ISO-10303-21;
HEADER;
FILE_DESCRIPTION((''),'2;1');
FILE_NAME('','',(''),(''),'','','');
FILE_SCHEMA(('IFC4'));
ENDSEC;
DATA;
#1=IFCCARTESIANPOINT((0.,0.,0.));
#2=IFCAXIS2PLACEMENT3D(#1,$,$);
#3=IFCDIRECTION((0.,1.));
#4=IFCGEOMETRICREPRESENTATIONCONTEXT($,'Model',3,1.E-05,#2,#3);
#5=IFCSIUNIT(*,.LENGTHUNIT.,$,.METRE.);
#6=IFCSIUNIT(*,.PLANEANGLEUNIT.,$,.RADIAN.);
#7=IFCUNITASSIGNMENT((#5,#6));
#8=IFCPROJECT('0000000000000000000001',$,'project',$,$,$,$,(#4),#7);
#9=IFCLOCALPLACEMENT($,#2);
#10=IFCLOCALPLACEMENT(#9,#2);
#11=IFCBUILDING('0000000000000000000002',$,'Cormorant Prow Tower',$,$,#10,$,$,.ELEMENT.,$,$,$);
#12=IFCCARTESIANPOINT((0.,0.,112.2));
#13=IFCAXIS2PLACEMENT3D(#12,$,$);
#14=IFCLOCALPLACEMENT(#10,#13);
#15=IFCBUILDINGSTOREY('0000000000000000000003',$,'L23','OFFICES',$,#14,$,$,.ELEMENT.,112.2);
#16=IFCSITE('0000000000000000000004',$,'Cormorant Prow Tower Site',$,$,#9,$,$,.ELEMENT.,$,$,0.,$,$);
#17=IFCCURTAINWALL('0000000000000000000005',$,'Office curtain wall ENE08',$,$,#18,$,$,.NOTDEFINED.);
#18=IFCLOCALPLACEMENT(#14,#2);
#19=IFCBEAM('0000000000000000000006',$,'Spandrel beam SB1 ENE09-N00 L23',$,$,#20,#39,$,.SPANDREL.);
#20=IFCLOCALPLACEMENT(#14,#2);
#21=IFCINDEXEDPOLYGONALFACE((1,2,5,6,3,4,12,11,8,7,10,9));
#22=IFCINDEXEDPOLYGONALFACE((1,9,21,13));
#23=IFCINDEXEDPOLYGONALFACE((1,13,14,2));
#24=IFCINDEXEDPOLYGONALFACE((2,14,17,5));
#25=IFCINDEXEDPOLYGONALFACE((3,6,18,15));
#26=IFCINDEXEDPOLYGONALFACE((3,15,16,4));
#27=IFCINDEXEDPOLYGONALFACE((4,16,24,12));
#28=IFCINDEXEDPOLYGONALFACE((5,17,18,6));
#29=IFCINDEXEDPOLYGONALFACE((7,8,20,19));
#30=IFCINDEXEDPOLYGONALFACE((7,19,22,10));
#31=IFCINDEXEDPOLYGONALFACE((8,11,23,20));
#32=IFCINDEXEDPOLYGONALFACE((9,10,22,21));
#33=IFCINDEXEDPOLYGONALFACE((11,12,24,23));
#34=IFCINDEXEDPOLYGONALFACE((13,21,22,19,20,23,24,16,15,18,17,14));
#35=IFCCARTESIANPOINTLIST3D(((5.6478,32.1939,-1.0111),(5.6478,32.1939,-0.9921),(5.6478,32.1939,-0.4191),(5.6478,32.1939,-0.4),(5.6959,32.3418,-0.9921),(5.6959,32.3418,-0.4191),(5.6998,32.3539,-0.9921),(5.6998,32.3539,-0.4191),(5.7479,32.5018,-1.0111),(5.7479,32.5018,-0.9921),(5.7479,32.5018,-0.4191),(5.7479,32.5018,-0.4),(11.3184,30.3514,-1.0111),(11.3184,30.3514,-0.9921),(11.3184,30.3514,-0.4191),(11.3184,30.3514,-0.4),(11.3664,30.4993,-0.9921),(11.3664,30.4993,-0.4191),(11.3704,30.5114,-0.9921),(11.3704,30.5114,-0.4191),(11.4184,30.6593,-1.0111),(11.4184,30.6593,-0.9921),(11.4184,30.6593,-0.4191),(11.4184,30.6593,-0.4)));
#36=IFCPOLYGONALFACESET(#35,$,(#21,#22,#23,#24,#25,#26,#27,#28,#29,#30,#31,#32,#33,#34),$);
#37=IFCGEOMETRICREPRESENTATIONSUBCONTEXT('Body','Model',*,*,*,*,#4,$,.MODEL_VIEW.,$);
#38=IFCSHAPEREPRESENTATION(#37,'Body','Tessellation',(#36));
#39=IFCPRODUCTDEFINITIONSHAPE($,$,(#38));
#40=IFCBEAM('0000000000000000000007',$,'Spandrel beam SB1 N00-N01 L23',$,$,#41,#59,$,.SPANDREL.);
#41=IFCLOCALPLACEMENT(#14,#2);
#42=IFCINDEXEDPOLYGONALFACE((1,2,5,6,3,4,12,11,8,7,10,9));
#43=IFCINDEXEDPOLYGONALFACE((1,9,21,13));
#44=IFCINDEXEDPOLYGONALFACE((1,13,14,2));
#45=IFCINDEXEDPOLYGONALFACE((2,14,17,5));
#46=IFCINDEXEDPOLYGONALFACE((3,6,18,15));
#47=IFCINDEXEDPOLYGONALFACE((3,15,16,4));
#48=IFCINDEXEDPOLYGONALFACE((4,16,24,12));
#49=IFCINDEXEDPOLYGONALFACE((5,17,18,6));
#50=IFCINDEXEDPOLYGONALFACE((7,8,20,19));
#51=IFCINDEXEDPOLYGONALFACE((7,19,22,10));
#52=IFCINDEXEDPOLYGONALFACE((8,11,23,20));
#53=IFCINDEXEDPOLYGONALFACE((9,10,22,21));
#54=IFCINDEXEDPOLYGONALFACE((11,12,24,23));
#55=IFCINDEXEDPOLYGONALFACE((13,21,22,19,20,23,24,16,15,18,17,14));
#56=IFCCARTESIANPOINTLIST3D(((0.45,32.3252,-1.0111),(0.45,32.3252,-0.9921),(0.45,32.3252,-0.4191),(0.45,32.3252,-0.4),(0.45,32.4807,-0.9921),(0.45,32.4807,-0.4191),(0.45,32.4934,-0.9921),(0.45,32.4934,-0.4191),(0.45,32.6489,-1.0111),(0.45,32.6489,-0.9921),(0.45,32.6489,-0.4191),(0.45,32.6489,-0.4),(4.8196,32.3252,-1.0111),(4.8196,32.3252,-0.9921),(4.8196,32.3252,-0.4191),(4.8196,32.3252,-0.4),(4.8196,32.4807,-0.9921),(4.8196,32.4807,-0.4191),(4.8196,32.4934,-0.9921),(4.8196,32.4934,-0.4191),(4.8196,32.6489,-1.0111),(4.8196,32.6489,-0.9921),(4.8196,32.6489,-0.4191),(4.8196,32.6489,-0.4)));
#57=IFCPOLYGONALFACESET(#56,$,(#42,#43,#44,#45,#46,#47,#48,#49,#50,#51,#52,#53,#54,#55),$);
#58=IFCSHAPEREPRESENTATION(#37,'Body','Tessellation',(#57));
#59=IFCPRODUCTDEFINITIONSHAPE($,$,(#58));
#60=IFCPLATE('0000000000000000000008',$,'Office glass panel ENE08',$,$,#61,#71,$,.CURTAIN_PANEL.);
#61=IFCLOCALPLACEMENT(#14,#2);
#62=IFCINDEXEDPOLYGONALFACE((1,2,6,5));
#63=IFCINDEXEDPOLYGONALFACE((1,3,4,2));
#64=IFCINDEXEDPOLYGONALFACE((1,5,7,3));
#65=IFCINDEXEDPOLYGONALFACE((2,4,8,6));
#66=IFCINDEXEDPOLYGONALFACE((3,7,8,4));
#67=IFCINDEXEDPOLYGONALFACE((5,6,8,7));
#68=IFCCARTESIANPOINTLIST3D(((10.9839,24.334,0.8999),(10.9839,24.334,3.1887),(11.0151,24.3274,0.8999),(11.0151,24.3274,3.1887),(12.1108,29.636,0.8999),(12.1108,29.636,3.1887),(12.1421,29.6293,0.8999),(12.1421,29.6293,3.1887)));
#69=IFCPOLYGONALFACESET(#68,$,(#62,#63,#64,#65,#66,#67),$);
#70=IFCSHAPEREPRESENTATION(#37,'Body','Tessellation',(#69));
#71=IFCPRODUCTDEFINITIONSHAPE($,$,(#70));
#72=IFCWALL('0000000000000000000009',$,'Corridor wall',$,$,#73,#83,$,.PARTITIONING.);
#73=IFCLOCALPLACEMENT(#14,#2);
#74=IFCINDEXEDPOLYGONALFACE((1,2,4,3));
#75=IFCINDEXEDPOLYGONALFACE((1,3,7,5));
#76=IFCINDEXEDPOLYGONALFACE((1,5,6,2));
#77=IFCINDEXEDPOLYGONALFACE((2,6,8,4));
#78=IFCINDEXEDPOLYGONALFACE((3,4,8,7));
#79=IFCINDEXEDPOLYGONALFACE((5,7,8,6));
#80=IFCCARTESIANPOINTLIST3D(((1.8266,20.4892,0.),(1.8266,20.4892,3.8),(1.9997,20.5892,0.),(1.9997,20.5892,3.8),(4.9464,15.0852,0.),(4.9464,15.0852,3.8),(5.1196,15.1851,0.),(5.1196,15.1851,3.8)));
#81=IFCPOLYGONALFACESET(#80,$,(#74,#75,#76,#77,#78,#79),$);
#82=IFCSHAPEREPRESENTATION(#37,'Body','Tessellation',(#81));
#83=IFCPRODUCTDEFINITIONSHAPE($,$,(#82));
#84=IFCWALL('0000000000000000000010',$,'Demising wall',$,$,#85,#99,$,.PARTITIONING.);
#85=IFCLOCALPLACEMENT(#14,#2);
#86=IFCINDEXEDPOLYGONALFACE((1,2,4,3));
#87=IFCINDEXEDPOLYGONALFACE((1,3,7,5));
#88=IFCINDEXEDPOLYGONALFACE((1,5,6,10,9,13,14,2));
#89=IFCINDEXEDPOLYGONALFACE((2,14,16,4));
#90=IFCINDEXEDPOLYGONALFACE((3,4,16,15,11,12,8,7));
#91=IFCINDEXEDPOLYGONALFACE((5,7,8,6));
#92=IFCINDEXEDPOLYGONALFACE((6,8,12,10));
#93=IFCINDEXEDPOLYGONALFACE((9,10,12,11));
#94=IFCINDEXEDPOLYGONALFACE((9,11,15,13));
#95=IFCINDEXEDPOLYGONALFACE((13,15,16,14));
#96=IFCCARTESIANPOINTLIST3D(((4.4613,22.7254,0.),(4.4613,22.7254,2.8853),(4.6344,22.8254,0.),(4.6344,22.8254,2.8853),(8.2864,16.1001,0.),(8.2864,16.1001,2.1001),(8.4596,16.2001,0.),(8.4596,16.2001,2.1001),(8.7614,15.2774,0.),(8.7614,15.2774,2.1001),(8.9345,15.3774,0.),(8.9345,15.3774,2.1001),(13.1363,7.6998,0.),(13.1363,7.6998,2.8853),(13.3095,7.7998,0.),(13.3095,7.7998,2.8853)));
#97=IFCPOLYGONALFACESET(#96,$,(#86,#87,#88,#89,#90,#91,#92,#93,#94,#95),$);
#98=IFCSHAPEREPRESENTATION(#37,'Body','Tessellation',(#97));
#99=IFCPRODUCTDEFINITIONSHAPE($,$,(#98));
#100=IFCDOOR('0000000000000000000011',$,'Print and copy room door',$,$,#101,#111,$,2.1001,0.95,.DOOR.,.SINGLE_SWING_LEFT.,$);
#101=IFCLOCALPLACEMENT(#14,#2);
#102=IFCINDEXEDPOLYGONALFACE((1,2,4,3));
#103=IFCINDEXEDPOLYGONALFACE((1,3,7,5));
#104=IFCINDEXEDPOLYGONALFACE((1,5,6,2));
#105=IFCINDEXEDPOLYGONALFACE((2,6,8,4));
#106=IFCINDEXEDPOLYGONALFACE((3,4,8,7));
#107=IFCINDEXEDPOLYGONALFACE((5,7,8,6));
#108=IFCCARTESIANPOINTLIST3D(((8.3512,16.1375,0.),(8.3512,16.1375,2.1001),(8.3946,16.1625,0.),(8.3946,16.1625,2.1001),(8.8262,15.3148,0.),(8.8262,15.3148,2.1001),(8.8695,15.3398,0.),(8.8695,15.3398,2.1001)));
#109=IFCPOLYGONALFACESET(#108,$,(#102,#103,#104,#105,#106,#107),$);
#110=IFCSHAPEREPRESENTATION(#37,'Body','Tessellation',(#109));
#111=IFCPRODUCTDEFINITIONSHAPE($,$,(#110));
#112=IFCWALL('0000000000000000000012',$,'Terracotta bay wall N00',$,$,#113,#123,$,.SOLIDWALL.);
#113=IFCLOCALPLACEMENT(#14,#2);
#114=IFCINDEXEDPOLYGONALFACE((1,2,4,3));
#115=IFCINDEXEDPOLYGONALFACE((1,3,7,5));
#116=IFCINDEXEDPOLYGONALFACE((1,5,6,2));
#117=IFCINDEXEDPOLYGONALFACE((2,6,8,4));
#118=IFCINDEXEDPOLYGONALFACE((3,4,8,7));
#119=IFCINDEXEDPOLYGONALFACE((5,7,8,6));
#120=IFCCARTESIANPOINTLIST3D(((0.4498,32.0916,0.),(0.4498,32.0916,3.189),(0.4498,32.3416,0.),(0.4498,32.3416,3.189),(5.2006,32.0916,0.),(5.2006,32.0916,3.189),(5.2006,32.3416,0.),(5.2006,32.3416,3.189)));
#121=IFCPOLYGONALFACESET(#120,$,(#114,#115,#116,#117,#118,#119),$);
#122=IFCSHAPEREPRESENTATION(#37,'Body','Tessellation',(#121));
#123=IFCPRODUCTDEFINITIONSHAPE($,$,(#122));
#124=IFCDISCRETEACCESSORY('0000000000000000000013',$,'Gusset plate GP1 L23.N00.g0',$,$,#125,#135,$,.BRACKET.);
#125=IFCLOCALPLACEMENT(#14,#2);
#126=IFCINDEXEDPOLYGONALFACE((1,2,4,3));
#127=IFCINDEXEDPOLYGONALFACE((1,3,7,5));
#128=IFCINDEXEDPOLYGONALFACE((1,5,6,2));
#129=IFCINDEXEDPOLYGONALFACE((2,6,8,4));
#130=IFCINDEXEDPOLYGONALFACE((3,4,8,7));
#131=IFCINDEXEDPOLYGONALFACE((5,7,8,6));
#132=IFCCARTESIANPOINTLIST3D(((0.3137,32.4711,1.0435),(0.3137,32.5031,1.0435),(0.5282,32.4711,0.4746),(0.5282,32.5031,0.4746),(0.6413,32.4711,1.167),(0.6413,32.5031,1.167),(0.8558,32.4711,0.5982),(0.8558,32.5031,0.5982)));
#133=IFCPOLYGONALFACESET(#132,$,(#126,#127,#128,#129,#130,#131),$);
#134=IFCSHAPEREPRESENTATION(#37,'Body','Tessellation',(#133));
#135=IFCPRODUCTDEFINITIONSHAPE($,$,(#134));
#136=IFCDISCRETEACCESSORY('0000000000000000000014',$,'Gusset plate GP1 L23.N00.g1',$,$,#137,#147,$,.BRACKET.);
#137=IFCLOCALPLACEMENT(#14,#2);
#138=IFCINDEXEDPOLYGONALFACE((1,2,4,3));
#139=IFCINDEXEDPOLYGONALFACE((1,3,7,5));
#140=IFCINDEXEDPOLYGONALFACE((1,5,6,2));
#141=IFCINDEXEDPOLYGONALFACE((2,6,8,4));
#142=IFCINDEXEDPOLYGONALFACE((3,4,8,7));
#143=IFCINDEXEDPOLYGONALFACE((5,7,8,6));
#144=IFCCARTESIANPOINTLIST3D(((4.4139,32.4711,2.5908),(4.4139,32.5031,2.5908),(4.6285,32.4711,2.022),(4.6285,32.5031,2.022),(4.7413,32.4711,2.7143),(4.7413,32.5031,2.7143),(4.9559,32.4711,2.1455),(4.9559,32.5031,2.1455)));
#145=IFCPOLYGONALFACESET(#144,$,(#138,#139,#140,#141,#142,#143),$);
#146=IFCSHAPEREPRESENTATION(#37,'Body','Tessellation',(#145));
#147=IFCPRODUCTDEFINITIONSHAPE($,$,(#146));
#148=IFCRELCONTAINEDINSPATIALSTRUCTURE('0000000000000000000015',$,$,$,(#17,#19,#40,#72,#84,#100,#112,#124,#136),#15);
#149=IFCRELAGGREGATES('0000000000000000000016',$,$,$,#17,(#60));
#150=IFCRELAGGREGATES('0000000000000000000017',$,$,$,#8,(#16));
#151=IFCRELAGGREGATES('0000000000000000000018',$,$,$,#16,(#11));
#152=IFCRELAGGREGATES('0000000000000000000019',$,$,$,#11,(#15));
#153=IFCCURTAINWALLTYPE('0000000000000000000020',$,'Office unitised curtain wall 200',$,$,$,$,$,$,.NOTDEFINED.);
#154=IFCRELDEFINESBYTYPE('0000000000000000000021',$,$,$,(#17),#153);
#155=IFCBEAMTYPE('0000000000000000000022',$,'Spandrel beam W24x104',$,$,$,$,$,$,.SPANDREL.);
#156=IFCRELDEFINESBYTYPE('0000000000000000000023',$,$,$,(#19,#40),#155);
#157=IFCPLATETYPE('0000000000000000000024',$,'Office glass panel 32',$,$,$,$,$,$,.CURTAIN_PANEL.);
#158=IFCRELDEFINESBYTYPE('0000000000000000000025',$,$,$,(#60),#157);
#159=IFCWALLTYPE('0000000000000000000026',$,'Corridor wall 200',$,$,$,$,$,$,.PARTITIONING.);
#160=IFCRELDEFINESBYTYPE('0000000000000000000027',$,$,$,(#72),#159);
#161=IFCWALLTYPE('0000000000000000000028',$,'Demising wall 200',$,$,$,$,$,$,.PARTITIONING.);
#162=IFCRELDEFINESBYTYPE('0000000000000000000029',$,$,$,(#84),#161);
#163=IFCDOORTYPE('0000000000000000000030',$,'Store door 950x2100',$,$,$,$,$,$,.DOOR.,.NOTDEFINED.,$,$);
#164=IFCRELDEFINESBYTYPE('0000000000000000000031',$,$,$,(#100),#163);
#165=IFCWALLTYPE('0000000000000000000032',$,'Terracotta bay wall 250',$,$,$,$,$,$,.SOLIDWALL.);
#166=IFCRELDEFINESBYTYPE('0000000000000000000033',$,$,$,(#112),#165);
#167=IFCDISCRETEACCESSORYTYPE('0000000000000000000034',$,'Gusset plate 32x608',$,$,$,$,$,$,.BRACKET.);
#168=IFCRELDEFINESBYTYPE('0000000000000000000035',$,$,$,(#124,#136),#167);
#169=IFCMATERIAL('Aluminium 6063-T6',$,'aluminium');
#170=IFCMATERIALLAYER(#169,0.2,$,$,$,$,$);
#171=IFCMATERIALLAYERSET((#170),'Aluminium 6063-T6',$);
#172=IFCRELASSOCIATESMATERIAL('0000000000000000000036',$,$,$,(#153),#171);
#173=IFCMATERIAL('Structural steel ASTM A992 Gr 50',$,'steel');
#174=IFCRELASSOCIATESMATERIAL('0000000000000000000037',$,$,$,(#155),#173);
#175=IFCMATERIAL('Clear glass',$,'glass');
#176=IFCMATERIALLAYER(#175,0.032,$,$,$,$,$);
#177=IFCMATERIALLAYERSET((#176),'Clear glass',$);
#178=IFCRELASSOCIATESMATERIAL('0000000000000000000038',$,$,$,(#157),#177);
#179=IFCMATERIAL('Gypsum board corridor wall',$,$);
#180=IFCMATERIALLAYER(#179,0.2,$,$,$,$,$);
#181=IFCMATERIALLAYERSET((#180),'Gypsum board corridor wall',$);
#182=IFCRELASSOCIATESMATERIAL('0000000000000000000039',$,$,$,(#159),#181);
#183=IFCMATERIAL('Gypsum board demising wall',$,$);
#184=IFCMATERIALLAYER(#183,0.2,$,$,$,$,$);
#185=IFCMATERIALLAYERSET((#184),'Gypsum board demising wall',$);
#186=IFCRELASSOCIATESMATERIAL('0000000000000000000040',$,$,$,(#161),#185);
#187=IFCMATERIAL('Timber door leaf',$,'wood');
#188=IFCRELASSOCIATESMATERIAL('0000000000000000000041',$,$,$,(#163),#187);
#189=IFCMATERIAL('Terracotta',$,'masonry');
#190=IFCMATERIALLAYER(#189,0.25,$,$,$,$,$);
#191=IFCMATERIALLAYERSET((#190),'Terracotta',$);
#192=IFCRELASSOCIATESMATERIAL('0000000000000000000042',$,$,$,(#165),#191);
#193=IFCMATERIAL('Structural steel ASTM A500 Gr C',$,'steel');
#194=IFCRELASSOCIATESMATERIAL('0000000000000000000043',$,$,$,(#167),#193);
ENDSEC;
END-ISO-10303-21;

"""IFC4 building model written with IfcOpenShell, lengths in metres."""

from ifc_helpers import new_model, si_unit, direction, frame, frame_2d, origin, origin_2d, place, context, subcontext, project, spatial, rectangle, i_section, extrude, material, layer, layer_set, material_profile, profile_set, type_object, element, fill, aggregate, save


model = new_model("IFC4")

# Units and contexts
model_context = context("Model", 3, precision=1e-05, world=origin(), true_north=direction((0.0, 1.0)))
body_context = subcontext(model_context, "Body", "Model", "MODEL_VIEW")
ifc_project = project(units=[si_unit("LENGTHUNIT", "METRE"), si_unit("PLANEANGLEUNIT", "RADIAN")], contexts=[model_context])

# Site, building, storey
site_placement = place(None, origin())
site = spatial("IfcSite", under=ifc_project, at=site_placement, Name="Cormorant Prow Tower Site", CompositionType="ELEMENT", RefElevation=0.0)
building_placement = place(site_placement, origin())
building = spatial("IfcBuilding", under=site, at=building_placement, Name="Cormorant Prow Tower", CompositionType="ELEMENT")
storey_placement = place(building_placement, frame((0.0, 0.0, 112.2)))
storey = spatial("IfcBuildingStorey", under=building, at=storey_placement, Name="L23", Description="OFFICES", CompositionType="ELEMENT", Elevation=112.2)

# Curtain wall
ifc_material_1 = material(Name="Aluminium 6063-T6", Category="aluminium")
ifc_layer_1 = layer(ifc_material_1, 0.2)
ifc_layer_set_1 = layer_set([ifc_layer_1], Name="Aluminium 6063-T6")
curtain_wall_type = type_object("IfcCurtainWallType", Name="Office unitised curtain wall 200", PredefinedType="NOTDEFINED", material=ifc_layer_set_1)
curtain_wall_placement = place(storey_placement, origin())
curtain_wall = element("IfcCurtainWall", 1, at=curtain_wall_placement, inside=storey, type_object=curtain_wall_type, Name="Office curtain wall ENE08", PredefinedType="NOTDEFINED")

# Beams
ifc_material_2 = material(Name="Structural steel ASTM A992 Gr 50", Category="steel")
ifc_material_profile_1 = material_profile(ifc_material_2, i_section(OverallWidth=0.3237, OverallDepth=0.6111, WebThickness=0.0127, FlangeThickness=0.019, at=origin_2d()), Name="W24x104")
ifc_profile_set_1 = profile_set([ifc_material_profile_1], Name="Structural steel ASTM A992 Gr 50")
beam_type_1 = type_object("IfcBeamType", Name="Spandrel beam W24x104", PredefinedType="SPANDREL", material=ifc_profile_set_1)
beam_1_placement = place(storey_placement, frame((11.3684, 30.5054, -0.7056), z_axis=(-0.951055, 0.30902, 0.0), x_axis=(-0.30902, -0.951055, 0.0)))
element("IfcBeam", 2, at=beam_1_placement, inside=storey, type_object=beam_type_1, Name="Spandrel beam SB1 ENE09-N00 L23", PredefinedType="SPANDREL", context=body_context, shape_type="SweptSolid", body=[
    extrude(i_section(OverallWidth=0.3237, OverallDepth=0.6111, WebThickness=0.0127, FlangeThickness=0.019, at=origin_2d()), origin(), (0.0, 0.0, 1.0), 5.9624),
])
beam_2_placement = place(storey_placement, frame((4.8196, 32.4871, -0.7056), z_axis=(-1.0, 0.0, 0.0), x_axis=(0.0, -1.0, 0.0)))
element("IfcBeam", 3, at=beam_2_placement, inside=storey, type_object=beam_type_1, Name="Spandrel beam SB1 N00-N01 L23", PredefinedType="SPANDREL", context=body_context, shape_type="SweptSolid", body=[
    extrude(i_section(OverallWidth=0.3237, OverallDepth=0.6111, WebThickness=0.0127, FlangeThickness=0.019, at=origin_2d()), origin(), (0.0, 0.0, 1.0), 4.3696),
])

# Plate
ifc_material_3 = material(Name="Clear glass", Category="glass")
ifc_layer_2 = layer(ifc_material_3, 0.032)
ifc_layer_set_2 = layer_set([ifc_layer_2], Name="Clear glass")
plate_type = type_object("IfcPlateType", Name="Office glass panel 32", PredefinedType="CURTAIN_PANEL", material=ifc_layer_set_2)
plate_placement = place(storey_placement, frame((11.563, 26.9817, 0.8999), z_axis=(0.0, 0.0, 1.0), x_axis=(0.207912, 0.978148, 0.0)))
plate = element("IfcPlate", 4, at=plate_placement, type_object=plate_type, Name="Office glass panel ENE08", PredefinedType="CURTAIN_PANEL", context=body_context, shape_type="SweptSolid", body=[
    extrude(rectangle(XDim=5.4204, YDim=0.032, at=origin_2d()), origin(), (0.0, 0.0, 1.0), 2.2888),
])
aggregate(curtain_wall, [plate])

# Wall
ifc_material_4 = material(Name="Gypsum board corridor wall")
ifc_layer_3 = layer(ifc_material_4, 0.2)
ifc_layer_set_3 = layer_set([ifc_layer_3], Name="Gypsum board corridor wall")
wall_type_1 = type_object("IfcWallType", Name="Corridor wall 200", PredefinedType="PARTITIONING", material=ifc_layer_set_3)
wall_1_placement = place(storey_placement, frame((1.9131, 20.5393, 0.0), z_axis=(0.0, 0.0, 1.0), x_axis=(0.499981, -0.866036, 0.0)))
element("IfcWall", 5, at=wall_1_placement, inside=storey, type_object=wall_type_1, Name="Corridor wall", PredefinedType="PARTITIONING", context=body_context, shape_type="SweptSolid", body=[
    extrude(rectangle(XDim=6.24, YDim=0.2, at=frame_2d((3.1201, 0.0))), origin(), (0.0, 0.0, 1.0), 3.8),
])

# Wall, opening, door
ifc_material_5 = material(Name="Gypsum board demising wall")
ifc_layer_4 = layer(ifc_material_5, 0.2)
ifc_layer_set_4 = layer_set([ifc_layer_4], Name="Gypsum board demising wall")
wall_type_2 = type_object("IfcWallType", Name="Demising wall 200", PredefinedType="PARTITIONING", material=ifc_layer_set_4)
wall_2_placement = place(storey_placement, frame((4.5479, 22.7754, 0.0), z_axis=(0.0, 0.0, 1.0), x_axis=(0.5, -0.866026, 0.0)))
wall_2 = element("IfcWall", 6, at=wall_2_placement, inside=storey, type_object=wall_type_2, Name="Demising wall", PredefinedType="PARTITIONING", context=body_context, shape_type="SweptSolid", body=[
    extrude(rectangle(XDim=17.3501, YDim=0.2, at=frame_2d((8.675, 0.0))), origin(), (0.0, 0.0, 1.0), 2.8853),
])
opening_1_placement = place(wall_2_placement, frame((7.6501, 0.0, 0.0)))
opening_1 = element("IfcOpeningElement", 7, at=opening_1_placement, cuts=wall_2, PredefinedType="OPENING", context=body_context, shape_type="SweptSolid", body=[
    extrude(rectangle(XDim=0.95, YDim=2.1001, at=frame_2d((0.4751, 1.05))), frame((0.0, 0.1099, 0.0), z_axis=(0.0, -1.0, 0.0), x_axis=(1.0, 0.0, 0.0)), (0.0, 0.0, 1.0), 0.22),
])
ifc_material_6 = material(Name="Timber door leaf", Category="wood")
door_type_1 = type_object("IfcDoorType", Name="Store door 950x2100", OperationType="NOTDEFINED", PredefinedType="DOOR", material=ifc_material_6)
door_1_placement = place(opening_1_placement, origin())
door_1 = element("IfcDoor", 8, at=door_1_placement, inside=storey, type_object=door_type_1, Name="Print and copy room door", OperationType="SINGLE_SWING_LEFT", OverallHeight=2.1001, OverallWidth=0.95, PredefinedType="DOOR", context=body_context, shape_type="SweptSolid", body=[
    extrude(rectangle(XDim=0.95, YDim=2.1001, at=frame_2d((0.4751, 1.05))), frame((0.0, 0.0249, 0.0), z_axis=(0.0, -1.0, 0.0), x_axis=(1.0, 0.0, 0.0)), (0.0, 0.0, 1.0), 0.05),
])
fill(opening_1, door_1)

# Wall
ifc_material_7 = material(Name="Terracotta", Category="masonry")
ifc_layer_5 = layer(ifc_material_7, 0.25)
ifc_layer_set_5 = layer_set([ifc_layer_5], Name="Terracotta")
wall_type_3 = type_object("IfcWallType", Name="Terracotta bay wall 250", PredefinedType="SOLIDWALL", material=ifc_layer_set_5)
wall_3_placement = place(storey_placement, frame((5.2007, 32.2166, 0.0), z_axis=(0.0, 0.0, 1.0), x_axis=(-1.0, 0.0, 0.0)))
element("IfcWall", 9, at=wall_3_placement, inside=storey, type_object=wall_type_3, Name="Terracotta bay wall N00", PredefinedType="SOLIDWALL", context=body_context, shape_type="SweptSolid", body=[
    extrude(rectangle(XDim=4.7507, YDim=0.25, at=frame_2d((2.3755, 0.0))), origin(), (0.0, 0.0, 1.0), 3.189),
])

# Discrete accessories
ifc_material_8 = material(Name="Structural steel ASTM A500 Gr C", Category="steel")
ifc_material_profile_2 = material_profile(ifc_material_8, rectangle(XDim=0.032, YDim=0.6079, at=origin_2d()), Name="Gusset plate 32x608")
ifc_profile_set_2 = profile_set([ifc_material_profile_2], Name="Structural steel ASTM A500 Gr C")
discrete_accessory_type = type_object("IfcDiscreteAccessoryType", Name="Gusset plate 32x608", PredefinedType="BRACKET", material=ifc_profile_set_2)
discrete_accessory_1_placement = place(storey_placement, frame((0.7485, 32.4871, 0.8826), z_axis=(-0.935697, 0.0, -0.352804), x_axis=(0.0, -1.0, 0.0)))
element("IfcDiscreteAccessory", 10, at=discrete_accessory_1_placement, inside=storey, type_object=discrete_accessory_type, Name="Gusset plate GP1 L23.N00.g0", PredefinedType="BRACKET", context=body_context, shape_type="SweptSolid", body=[
    extrude(rectangle(XDim=0.032, YDim=0.6079, at=origin_2d()), origin(), (0.0, 0.0, 1.0), 0.3501),
])
discrete_accessory_2_placement = place(storey_placement, frame((4.5212, 32.4871, 2.3064), z_axis=(0.93561, 0.0, 0.353034), x_axis=(0.0, 1.0, 0.0)))
element("IfcDiscreteAccessory", 11, at=discrete_accessory_2_placement, inside=storey, type_object=discrete_accessory_type, Name="Gusset plate GP1 L23.N00.g1", PredefinedType="BRACKET", context=body_context, shape_type="SweptSolid", body=[
    extrude(rectangle(XDim=0.032, YDim=0.6079, at=origin_2d()), origin(), (0.0, 0.0, 1.0), 0.3499),
])

save(model, "model.ifc")
